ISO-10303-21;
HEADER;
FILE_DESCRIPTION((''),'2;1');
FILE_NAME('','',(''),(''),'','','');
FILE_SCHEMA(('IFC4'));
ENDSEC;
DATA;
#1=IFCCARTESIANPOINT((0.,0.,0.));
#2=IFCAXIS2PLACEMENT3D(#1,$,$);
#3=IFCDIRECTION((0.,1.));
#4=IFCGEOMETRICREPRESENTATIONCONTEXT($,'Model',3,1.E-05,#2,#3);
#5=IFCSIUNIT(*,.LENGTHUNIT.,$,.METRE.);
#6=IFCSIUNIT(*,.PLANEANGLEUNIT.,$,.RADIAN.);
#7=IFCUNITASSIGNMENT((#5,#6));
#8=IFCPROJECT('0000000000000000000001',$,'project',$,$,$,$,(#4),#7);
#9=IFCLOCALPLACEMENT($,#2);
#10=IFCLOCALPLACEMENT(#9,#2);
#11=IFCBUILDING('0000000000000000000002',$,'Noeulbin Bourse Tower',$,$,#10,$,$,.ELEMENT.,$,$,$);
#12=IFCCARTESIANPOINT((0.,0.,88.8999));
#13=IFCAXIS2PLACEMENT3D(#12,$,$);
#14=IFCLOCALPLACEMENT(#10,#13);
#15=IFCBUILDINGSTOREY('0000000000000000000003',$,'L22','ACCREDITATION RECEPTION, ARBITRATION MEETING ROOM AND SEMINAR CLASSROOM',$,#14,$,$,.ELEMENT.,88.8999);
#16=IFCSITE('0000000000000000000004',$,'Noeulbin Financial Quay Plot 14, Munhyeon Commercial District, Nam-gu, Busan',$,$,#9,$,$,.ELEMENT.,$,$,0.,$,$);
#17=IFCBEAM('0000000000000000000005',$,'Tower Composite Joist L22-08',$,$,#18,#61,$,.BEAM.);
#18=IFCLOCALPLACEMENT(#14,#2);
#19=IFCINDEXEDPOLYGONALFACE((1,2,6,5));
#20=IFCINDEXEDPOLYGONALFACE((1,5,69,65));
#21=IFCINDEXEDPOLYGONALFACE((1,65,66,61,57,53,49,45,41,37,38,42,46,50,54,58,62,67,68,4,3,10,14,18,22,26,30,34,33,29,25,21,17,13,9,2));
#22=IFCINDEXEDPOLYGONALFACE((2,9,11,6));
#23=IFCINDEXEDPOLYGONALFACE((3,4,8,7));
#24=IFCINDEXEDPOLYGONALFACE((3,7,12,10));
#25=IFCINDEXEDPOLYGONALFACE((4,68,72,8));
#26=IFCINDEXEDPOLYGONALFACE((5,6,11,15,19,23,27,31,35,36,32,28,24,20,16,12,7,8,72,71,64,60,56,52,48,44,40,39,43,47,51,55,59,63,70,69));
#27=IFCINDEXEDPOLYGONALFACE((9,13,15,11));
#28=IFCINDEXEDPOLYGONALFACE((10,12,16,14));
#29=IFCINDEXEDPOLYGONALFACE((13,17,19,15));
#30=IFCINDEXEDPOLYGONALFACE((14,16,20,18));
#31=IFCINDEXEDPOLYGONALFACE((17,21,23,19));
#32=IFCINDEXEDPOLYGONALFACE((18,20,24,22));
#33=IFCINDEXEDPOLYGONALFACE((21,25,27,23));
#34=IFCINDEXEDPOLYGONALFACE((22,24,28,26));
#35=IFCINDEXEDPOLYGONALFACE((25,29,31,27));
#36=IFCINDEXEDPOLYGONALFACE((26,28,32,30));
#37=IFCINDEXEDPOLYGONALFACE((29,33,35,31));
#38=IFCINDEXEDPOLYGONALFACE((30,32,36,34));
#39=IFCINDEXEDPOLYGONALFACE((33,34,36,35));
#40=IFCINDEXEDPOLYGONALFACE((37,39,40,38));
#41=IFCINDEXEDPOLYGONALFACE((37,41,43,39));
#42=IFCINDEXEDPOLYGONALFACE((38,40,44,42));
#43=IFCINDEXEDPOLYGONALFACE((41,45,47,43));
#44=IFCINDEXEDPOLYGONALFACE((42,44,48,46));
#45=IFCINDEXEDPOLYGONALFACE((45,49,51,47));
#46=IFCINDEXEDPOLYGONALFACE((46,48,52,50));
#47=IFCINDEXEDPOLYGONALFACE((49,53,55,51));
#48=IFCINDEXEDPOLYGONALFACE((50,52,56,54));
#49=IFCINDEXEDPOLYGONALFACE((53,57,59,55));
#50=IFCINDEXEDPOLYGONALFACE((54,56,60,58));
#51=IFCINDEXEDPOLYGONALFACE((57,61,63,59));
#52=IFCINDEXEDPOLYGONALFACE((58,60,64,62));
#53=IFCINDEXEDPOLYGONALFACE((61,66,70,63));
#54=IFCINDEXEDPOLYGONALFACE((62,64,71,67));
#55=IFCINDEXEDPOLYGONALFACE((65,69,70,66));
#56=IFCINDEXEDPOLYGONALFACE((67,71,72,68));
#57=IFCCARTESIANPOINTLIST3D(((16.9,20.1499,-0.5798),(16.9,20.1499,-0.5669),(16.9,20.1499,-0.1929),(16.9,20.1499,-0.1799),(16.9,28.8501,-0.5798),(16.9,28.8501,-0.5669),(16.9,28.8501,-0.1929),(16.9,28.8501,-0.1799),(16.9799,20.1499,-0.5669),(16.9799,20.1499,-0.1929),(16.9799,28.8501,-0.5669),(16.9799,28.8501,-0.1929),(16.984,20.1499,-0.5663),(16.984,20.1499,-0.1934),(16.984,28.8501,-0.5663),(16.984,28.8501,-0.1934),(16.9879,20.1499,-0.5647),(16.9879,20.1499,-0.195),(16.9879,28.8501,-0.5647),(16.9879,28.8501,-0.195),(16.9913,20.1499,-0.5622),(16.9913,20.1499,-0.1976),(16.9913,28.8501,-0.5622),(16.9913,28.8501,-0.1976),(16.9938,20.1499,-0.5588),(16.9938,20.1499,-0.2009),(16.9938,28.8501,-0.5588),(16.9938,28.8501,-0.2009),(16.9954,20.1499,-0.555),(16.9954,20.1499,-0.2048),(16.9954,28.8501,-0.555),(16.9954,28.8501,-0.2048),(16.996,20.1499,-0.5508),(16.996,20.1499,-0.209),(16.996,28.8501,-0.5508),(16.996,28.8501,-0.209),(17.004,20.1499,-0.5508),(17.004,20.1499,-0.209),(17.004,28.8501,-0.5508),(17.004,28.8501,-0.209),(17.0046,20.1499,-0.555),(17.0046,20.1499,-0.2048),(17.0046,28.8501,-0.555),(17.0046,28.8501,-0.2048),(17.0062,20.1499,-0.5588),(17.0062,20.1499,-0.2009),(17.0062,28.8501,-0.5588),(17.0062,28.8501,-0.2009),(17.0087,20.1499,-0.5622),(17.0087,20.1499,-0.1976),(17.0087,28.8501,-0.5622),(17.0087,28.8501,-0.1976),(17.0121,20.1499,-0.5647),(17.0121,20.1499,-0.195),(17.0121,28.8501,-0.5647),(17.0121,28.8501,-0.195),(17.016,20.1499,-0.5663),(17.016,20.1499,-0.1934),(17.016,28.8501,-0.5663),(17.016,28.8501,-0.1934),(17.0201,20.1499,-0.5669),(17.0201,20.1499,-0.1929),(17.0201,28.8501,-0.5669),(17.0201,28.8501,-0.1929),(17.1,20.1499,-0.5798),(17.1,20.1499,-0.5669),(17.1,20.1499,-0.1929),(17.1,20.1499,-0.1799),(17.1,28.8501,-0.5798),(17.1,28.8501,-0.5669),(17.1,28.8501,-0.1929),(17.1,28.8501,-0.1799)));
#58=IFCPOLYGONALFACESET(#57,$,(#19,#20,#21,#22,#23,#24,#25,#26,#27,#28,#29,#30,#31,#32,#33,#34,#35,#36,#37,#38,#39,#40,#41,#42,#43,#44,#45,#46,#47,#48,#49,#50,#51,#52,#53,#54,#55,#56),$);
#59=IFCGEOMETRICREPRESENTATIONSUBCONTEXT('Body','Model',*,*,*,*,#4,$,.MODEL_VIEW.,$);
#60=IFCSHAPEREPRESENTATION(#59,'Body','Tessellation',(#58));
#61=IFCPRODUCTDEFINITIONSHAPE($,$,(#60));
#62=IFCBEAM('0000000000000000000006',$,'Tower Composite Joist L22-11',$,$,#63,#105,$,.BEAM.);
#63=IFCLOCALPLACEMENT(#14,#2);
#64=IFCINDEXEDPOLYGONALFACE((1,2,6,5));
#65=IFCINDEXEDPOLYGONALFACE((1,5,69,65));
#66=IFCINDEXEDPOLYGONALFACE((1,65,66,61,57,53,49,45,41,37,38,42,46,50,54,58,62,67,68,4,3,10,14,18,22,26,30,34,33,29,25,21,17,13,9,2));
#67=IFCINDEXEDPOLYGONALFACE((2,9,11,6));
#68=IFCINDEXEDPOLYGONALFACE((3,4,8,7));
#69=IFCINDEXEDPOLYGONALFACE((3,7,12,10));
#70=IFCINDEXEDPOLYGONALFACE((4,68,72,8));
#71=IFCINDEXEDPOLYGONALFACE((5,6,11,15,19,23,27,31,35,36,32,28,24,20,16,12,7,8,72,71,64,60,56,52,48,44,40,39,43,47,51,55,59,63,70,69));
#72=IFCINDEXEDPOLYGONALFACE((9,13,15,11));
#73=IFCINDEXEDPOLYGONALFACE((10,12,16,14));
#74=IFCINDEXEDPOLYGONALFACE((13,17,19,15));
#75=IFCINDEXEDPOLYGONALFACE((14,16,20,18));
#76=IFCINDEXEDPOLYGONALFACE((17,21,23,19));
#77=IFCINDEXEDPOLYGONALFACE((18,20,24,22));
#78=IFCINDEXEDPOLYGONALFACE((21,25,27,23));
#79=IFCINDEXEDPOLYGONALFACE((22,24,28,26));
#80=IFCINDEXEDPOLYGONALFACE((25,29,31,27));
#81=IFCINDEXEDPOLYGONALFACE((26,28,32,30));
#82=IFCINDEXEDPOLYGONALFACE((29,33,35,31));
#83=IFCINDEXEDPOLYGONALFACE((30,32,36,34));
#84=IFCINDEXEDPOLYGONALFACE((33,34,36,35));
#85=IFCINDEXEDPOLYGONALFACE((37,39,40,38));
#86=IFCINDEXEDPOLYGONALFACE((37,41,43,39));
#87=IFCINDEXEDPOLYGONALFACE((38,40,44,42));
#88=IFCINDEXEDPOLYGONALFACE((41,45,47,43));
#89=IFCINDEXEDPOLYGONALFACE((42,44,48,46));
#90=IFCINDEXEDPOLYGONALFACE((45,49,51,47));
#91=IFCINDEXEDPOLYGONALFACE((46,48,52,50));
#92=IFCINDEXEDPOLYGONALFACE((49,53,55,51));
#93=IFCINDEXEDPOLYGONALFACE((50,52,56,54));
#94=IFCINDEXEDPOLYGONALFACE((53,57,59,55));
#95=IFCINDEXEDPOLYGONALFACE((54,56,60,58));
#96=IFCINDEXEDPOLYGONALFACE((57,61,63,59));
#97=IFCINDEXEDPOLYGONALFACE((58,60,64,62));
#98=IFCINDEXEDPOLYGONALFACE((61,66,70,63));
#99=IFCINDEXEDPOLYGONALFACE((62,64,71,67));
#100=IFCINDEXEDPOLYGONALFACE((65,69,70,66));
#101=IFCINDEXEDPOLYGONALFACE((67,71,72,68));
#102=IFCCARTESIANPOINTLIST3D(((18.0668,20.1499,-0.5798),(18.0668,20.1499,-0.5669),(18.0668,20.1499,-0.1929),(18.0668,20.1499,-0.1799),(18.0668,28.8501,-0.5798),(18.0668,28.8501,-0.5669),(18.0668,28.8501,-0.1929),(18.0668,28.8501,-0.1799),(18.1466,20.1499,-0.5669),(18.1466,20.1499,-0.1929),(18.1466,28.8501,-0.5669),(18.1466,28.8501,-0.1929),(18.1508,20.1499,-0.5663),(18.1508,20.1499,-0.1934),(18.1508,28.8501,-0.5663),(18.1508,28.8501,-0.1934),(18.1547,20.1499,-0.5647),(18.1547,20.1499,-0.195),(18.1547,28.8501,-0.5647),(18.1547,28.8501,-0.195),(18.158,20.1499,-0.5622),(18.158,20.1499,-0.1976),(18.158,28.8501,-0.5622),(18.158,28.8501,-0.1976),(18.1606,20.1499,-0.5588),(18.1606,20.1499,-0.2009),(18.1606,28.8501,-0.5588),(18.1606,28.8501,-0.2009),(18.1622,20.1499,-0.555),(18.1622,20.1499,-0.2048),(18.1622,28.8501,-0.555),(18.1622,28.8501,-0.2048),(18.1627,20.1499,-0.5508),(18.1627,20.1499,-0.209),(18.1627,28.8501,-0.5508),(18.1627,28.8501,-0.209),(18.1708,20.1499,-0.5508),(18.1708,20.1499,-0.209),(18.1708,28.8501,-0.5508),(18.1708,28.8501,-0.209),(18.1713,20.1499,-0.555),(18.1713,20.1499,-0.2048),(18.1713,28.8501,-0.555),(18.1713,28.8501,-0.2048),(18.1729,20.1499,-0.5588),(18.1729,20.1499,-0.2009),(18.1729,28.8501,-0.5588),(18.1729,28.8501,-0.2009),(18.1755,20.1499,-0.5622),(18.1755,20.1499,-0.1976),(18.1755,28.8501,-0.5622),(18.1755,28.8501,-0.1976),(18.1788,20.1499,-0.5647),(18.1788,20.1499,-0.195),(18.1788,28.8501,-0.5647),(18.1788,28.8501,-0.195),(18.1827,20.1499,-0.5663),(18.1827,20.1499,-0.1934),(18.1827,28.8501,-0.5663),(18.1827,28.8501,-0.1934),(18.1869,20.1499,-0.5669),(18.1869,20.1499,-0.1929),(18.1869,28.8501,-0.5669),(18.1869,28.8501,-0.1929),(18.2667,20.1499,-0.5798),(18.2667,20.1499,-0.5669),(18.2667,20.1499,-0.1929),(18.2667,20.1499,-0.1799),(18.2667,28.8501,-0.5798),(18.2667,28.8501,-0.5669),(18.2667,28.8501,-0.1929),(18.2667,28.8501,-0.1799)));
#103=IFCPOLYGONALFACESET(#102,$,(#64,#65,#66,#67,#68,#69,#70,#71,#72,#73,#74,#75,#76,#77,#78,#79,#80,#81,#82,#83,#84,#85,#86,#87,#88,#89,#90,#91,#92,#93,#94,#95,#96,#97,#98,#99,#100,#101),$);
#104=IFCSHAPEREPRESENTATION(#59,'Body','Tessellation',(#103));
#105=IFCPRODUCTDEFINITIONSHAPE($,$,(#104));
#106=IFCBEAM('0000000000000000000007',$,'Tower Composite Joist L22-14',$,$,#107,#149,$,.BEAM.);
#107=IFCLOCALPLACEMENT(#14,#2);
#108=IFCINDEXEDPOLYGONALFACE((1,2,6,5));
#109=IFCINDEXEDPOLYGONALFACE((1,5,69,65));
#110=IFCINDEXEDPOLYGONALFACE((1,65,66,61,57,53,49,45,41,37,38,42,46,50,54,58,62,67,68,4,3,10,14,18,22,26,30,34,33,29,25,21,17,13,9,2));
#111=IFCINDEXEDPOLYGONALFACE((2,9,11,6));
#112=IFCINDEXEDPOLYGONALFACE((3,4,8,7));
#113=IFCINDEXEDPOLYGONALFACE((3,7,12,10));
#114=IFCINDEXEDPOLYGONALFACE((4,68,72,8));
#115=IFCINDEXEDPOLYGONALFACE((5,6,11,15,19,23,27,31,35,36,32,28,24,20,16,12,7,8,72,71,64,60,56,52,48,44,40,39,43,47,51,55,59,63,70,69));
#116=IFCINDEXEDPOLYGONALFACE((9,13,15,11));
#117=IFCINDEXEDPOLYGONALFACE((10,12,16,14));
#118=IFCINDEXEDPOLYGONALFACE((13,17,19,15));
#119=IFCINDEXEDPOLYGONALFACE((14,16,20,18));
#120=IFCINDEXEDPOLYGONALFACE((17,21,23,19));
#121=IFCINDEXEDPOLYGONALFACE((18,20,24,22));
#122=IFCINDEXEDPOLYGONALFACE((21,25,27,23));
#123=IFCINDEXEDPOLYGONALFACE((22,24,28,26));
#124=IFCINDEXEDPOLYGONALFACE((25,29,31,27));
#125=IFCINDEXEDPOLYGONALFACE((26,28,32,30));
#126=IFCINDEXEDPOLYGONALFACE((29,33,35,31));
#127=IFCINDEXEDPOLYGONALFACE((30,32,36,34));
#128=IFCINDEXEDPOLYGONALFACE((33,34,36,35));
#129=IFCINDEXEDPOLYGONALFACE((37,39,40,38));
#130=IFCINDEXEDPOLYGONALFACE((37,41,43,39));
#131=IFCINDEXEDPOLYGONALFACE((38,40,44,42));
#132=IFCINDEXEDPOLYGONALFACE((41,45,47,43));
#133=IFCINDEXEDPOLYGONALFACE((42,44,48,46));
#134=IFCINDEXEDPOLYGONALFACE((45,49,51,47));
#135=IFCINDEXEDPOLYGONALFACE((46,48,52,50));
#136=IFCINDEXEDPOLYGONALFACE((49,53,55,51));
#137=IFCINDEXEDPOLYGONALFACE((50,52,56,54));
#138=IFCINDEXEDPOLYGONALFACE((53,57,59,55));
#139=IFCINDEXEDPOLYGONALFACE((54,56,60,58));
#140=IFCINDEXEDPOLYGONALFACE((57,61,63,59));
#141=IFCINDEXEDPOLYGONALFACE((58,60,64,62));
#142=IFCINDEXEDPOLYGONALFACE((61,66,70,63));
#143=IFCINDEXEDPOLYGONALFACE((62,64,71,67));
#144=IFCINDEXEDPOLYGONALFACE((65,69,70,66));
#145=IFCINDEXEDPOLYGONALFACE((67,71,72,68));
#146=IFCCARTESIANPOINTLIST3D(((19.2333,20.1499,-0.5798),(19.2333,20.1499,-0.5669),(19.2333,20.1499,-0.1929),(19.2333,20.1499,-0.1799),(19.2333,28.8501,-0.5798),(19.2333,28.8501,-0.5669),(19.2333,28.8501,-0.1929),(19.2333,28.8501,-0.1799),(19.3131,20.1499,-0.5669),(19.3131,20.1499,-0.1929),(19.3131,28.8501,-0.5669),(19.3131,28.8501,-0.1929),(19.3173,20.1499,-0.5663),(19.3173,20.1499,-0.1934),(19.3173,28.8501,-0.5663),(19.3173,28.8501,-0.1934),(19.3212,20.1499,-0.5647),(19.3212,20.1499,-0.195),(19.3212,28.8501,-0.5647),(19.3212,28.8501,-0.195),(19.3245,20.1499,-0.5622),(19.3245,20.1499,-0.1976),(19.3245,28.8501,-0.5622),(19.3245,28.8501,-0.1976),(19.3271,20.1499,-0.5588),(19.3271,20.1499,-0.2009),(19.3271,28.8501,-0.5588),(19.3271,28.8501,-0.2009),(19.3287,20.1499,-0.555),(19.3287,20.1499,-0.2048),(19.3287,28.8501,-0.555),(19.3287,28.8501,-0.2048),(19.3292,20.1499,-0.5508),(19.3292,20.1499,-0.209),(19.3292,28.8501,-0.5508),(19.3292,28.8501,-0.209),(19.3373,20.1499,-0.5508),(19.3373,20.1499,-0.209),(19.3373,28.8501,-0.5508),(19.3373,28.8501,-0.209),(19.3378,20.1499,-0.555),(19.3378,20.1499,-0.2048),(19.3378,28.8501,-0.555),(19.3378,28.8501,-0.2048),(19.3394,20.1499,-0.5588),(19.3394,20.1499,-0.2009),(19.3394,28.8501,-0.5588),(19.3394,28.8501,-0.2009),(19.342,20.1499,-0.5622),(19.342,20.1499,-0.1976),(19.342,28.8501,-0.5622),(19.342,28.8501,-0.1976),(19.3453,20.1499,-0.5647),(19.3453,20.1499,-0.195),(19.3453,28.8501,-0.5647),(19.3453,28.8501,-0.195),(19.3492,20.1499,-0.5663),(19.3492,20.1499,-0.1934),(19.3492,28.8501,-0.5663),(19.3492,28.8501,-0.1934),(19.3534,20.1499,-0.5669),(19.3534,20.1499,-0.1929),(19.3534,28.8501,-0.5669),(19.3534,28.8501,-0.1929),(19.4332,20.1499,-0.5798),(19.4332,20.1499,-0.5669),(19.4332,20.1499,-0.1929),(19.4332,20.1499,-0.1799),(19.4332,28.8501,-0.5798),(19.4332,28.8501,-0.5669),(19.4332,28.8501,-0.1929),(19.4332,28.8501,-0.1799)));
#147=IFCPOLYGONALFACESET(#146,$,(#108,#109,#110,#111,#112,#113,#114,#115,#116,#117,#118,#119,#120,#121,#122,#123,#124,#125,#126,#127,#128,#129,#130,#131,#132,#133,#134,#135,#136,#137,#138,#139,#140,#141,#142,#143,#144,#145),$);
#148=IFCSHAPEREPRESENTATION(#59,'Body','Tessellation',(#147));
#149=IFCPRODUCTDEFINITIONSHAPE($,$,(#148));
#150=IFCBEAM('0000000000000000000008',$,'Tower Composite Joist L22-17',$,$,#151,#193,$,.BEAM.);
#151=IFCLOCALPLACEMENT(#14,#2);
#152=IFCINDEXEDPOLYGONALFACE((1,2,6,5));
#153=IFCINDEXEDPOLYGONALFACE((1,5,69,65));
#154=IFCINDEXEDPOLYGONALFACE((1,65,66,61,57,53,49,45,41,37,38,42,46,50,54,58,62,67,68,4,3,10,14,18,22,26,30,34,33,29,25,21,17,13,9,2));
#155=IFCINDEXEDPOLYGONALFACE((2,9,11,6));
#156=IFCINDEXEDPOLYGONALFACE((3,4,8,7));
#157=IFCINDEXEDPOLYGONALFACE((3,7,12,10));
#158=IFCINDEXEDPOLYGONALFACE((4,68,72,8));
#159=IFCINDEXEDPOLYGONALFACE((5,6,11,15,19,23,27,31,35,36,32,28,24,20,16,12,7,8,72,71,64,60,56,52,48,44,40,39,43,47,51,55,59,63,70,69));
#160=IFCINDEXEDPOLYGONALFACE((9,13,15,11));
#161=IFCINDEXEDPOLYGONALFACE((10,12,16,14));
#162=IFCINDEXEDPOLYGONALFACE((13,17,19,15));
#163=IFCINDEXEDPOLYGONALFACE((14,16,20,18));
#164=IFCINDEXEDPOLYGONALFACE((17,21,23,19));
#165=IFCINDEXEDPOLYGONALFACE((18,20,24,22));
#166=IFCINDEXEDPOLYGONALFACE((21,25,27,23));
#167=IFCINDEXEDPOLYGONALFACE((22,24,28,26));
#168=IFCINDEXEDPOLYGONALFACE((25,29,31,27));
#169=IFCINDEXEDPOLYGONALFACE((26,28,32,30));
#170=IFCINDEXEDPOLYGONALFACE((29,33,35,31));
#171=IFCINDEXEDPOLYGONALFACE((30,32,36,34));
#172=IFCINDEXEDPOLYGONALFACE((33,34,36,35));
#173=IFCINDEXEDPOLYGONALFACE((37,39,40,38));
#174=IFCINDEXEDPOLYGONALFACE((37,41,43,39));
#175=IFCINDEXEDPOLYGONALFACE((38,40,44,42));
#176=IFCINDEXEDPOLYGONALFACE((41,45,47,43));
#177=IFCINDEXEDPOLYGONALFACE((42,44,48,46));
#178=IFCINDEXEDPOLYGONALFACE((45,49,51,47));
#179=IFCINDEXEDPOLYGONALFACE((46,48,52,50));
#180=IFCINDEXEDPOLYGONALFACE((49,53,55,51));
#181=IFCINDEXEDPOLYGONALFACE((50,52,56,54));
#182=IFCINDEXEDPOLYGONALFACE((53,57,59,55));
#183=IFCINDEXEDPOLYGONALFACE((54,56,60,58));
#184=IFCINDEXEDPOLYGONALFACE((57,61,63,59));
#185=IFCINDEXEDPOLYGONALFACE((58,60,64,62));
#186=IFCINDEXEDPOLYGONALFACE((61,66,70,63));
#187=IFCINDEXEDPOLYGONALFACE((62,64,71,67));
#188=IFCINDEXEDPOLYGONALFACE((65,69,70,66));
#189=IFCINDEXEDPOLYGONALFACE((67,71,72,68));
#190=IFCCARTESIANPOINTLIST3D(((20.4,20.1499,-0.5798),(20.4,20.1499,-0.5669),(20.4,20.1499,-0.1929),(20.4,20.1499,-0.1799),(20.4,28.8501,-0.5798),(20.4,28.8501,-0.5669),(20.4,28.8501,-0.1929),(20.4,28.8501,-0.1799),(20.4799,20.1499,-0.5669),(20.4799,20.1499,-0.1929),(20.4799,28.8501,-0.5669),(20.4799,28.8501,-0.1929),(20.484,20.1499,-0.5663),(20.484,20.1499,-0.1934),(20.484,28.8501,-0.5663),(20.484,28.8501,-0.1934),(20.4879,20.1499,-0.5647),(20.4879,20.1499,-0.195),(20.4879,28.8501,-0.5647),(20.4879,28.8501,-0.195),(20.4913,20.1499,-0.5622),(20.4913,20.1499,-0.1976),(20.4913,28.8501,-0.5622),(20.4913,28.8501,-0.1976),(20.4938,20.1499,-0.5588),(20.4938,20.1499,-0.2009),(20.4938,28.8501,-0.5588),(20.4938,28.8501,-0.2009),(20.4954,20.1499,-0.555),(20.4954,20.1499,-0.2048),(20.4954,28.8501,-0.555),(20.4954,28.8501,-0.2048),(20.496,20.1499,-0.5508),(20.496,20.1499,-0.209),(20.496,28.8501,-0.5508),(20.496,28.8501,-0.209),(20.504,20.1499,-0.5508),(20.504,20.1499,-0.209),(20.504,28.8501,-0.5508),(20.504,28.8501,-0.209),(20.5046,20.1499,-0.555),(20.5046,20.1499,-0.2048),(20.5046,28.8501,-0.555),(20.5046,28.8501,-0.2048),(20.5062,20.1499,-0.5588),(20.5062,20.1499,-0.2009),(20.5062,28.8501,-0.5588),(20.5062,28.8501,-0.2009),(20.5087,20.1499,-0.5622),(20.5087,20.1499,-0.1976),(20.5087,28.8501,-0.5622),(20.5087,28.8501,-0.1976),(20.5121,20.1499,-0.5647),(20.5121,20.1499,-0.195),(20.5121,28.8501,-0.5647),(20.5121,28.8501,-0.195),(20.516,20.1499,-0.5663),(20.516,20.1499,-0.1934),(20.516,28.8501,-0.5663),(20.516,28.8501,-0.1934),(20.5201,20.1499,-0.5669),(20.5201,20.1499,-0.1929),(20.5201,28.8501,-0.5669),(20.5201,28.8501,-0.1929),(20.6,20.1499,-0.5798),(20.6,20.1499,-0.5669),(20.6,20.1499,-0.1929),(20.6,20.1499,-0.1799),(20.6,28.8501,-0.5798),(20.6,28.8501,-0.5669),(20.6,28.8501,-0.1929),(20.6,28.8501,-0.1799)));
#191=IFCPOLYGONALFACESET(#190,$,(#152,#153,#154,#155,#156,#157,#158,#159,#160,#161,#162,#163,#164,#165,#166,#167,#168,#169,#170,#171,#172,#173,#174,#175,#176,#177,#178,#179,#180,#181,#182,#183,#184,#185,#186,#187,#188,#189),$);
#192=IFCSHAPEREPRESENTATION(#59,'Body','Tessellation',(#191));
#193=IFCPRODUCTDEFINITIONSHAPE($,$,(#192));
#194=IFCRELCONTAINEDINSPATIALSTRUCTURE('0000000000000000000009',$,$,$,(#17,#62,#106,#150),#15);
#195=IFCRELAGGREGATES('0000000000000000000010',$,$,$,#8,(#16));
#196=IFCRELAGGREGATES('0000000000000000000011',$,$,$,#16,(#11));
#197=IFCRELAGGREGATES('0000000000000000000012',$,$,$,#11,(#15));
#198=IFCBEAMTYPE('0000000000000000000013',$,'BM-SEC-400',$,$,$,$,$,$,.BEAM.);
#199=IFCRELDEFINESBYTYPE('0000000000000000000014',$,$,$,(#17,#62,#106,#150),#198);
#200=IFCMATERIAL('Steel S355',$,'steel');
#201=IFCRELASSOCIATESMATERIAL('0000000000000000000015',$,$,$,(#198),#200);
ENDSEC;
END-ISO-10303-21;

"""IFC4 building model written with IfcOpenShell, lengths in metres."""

from ifc_helpers import new_model, si_unit, direction, frame, origin, origin_2d, place, context, subcontext, project, spatial, i_section, extrude, material, material_profile, profile_set, type_object, element, save


model = new_model("IFC4")

# Units and contexts
model_context = context("Model", 3, precision=1e-05, world=origin(), true_north=direction((0.0, 1.0)))
body_context = subcontext(model_context, "Body", "Model", "MODEL_VIEW")
ifc_project = project(units=[si_unit("LENGTHUNIT", "METRE"), si_unit("PLANEANGLEUNIT", "RADIAN")], contexts=[model_context])

# Site, building, storey
site_placement = place(None, origin())
site = spatial("IfcSite", under=ifc_project, at=site_placement, Name="Noeulbin Financial Quay Plot 14, Munhyeon Commercial District, Nam-gu, Busan", CompositionType="ELEMENT", RefElevation=0.0)
building_placement = place(site_placement, origin())
building = spatial("IfcBuilding", under=site, at=building_placement, Name="Noeulbin Bourse Tower", CompositionType="ELEMENT")
storey_placement = place(building_placement, frame((0.0, 0.0, 88.8999)))
storey = spatial("IfcBuildingStorey", under=building, at=storey_placement, Name="L22", Description="ACCREDITATION RECEPTION, ARBITRATION MEETING ROOM AND SEMINAR CLASSROOM", CompositionType="ELEMENT", Elevation=88.8999)

# Beams
ifc_material_1 = material(Name="Steel S355", Category="steel")
ifc_material_profile_1 = material_profile(ifc_material_1, i_section(OverallWidth=0.2, OverallDepth=0.3999, WebThickness=0.0081, FlangeThickness=0.0129, FilletRadius=0.0161, at=origin_2d()), Name="H-400x200x8x13", Category="LoadBearing")
ifc_profile_set_1 = profile_set([ifc_material_profile_1], Name="Steel S355")
beam_type_1 = type_object("IfcBeamType", Name="BM-SEC-400", PredefinedType="BEAM", material=ifc_profile_set_1)
for number, where, z_axis, x_axis, name in (
    (1, (17.0, 20.1499, -0.3799), (0.0, 1.0, 0.0), (-1.0, 0.0, 0.0), "Tower Composite Joist L22-08"),
    (2, (18.1667, 20.1499, -0.3799), (0.0, 1.0, 0.0), (-1.0, 0.0, 0.0), "Tower Composite Joist L22-11"),
    (3, (19.3333, 20.1499, -0.3799), (0.0, 1.0, 0.0), (-1.0, 0.0, 0.0), "Tower Composite Joist L22-14"),
    (4, (20.5, 20.1499, -0.3799), (0.0, 1.0, 0.0), (-1.0, 0.0, 0.0), "Tower Composite Joist L22-17"),
):
    element("IfcBeam", number, at=place(storey_placement, frame(where, z_axis=z_axis, x_axis=x_axis)), inside=storey, type_object=beam_type_1, Name=name, PredefinedType="BEAM", context=body_context, shape_type="SweptSolid", body=[
        extrude(i_section(OverallWidth=0.2, OverallDepth=0.3999, WebThickness=0.0081, FlangeThickness=0.0129, FilletRadius=0.0161, at=origin_2d()), origin(), (0.0, 0.0, 1.0), 8.7002),
    ])

save(model, "model.ifc")
